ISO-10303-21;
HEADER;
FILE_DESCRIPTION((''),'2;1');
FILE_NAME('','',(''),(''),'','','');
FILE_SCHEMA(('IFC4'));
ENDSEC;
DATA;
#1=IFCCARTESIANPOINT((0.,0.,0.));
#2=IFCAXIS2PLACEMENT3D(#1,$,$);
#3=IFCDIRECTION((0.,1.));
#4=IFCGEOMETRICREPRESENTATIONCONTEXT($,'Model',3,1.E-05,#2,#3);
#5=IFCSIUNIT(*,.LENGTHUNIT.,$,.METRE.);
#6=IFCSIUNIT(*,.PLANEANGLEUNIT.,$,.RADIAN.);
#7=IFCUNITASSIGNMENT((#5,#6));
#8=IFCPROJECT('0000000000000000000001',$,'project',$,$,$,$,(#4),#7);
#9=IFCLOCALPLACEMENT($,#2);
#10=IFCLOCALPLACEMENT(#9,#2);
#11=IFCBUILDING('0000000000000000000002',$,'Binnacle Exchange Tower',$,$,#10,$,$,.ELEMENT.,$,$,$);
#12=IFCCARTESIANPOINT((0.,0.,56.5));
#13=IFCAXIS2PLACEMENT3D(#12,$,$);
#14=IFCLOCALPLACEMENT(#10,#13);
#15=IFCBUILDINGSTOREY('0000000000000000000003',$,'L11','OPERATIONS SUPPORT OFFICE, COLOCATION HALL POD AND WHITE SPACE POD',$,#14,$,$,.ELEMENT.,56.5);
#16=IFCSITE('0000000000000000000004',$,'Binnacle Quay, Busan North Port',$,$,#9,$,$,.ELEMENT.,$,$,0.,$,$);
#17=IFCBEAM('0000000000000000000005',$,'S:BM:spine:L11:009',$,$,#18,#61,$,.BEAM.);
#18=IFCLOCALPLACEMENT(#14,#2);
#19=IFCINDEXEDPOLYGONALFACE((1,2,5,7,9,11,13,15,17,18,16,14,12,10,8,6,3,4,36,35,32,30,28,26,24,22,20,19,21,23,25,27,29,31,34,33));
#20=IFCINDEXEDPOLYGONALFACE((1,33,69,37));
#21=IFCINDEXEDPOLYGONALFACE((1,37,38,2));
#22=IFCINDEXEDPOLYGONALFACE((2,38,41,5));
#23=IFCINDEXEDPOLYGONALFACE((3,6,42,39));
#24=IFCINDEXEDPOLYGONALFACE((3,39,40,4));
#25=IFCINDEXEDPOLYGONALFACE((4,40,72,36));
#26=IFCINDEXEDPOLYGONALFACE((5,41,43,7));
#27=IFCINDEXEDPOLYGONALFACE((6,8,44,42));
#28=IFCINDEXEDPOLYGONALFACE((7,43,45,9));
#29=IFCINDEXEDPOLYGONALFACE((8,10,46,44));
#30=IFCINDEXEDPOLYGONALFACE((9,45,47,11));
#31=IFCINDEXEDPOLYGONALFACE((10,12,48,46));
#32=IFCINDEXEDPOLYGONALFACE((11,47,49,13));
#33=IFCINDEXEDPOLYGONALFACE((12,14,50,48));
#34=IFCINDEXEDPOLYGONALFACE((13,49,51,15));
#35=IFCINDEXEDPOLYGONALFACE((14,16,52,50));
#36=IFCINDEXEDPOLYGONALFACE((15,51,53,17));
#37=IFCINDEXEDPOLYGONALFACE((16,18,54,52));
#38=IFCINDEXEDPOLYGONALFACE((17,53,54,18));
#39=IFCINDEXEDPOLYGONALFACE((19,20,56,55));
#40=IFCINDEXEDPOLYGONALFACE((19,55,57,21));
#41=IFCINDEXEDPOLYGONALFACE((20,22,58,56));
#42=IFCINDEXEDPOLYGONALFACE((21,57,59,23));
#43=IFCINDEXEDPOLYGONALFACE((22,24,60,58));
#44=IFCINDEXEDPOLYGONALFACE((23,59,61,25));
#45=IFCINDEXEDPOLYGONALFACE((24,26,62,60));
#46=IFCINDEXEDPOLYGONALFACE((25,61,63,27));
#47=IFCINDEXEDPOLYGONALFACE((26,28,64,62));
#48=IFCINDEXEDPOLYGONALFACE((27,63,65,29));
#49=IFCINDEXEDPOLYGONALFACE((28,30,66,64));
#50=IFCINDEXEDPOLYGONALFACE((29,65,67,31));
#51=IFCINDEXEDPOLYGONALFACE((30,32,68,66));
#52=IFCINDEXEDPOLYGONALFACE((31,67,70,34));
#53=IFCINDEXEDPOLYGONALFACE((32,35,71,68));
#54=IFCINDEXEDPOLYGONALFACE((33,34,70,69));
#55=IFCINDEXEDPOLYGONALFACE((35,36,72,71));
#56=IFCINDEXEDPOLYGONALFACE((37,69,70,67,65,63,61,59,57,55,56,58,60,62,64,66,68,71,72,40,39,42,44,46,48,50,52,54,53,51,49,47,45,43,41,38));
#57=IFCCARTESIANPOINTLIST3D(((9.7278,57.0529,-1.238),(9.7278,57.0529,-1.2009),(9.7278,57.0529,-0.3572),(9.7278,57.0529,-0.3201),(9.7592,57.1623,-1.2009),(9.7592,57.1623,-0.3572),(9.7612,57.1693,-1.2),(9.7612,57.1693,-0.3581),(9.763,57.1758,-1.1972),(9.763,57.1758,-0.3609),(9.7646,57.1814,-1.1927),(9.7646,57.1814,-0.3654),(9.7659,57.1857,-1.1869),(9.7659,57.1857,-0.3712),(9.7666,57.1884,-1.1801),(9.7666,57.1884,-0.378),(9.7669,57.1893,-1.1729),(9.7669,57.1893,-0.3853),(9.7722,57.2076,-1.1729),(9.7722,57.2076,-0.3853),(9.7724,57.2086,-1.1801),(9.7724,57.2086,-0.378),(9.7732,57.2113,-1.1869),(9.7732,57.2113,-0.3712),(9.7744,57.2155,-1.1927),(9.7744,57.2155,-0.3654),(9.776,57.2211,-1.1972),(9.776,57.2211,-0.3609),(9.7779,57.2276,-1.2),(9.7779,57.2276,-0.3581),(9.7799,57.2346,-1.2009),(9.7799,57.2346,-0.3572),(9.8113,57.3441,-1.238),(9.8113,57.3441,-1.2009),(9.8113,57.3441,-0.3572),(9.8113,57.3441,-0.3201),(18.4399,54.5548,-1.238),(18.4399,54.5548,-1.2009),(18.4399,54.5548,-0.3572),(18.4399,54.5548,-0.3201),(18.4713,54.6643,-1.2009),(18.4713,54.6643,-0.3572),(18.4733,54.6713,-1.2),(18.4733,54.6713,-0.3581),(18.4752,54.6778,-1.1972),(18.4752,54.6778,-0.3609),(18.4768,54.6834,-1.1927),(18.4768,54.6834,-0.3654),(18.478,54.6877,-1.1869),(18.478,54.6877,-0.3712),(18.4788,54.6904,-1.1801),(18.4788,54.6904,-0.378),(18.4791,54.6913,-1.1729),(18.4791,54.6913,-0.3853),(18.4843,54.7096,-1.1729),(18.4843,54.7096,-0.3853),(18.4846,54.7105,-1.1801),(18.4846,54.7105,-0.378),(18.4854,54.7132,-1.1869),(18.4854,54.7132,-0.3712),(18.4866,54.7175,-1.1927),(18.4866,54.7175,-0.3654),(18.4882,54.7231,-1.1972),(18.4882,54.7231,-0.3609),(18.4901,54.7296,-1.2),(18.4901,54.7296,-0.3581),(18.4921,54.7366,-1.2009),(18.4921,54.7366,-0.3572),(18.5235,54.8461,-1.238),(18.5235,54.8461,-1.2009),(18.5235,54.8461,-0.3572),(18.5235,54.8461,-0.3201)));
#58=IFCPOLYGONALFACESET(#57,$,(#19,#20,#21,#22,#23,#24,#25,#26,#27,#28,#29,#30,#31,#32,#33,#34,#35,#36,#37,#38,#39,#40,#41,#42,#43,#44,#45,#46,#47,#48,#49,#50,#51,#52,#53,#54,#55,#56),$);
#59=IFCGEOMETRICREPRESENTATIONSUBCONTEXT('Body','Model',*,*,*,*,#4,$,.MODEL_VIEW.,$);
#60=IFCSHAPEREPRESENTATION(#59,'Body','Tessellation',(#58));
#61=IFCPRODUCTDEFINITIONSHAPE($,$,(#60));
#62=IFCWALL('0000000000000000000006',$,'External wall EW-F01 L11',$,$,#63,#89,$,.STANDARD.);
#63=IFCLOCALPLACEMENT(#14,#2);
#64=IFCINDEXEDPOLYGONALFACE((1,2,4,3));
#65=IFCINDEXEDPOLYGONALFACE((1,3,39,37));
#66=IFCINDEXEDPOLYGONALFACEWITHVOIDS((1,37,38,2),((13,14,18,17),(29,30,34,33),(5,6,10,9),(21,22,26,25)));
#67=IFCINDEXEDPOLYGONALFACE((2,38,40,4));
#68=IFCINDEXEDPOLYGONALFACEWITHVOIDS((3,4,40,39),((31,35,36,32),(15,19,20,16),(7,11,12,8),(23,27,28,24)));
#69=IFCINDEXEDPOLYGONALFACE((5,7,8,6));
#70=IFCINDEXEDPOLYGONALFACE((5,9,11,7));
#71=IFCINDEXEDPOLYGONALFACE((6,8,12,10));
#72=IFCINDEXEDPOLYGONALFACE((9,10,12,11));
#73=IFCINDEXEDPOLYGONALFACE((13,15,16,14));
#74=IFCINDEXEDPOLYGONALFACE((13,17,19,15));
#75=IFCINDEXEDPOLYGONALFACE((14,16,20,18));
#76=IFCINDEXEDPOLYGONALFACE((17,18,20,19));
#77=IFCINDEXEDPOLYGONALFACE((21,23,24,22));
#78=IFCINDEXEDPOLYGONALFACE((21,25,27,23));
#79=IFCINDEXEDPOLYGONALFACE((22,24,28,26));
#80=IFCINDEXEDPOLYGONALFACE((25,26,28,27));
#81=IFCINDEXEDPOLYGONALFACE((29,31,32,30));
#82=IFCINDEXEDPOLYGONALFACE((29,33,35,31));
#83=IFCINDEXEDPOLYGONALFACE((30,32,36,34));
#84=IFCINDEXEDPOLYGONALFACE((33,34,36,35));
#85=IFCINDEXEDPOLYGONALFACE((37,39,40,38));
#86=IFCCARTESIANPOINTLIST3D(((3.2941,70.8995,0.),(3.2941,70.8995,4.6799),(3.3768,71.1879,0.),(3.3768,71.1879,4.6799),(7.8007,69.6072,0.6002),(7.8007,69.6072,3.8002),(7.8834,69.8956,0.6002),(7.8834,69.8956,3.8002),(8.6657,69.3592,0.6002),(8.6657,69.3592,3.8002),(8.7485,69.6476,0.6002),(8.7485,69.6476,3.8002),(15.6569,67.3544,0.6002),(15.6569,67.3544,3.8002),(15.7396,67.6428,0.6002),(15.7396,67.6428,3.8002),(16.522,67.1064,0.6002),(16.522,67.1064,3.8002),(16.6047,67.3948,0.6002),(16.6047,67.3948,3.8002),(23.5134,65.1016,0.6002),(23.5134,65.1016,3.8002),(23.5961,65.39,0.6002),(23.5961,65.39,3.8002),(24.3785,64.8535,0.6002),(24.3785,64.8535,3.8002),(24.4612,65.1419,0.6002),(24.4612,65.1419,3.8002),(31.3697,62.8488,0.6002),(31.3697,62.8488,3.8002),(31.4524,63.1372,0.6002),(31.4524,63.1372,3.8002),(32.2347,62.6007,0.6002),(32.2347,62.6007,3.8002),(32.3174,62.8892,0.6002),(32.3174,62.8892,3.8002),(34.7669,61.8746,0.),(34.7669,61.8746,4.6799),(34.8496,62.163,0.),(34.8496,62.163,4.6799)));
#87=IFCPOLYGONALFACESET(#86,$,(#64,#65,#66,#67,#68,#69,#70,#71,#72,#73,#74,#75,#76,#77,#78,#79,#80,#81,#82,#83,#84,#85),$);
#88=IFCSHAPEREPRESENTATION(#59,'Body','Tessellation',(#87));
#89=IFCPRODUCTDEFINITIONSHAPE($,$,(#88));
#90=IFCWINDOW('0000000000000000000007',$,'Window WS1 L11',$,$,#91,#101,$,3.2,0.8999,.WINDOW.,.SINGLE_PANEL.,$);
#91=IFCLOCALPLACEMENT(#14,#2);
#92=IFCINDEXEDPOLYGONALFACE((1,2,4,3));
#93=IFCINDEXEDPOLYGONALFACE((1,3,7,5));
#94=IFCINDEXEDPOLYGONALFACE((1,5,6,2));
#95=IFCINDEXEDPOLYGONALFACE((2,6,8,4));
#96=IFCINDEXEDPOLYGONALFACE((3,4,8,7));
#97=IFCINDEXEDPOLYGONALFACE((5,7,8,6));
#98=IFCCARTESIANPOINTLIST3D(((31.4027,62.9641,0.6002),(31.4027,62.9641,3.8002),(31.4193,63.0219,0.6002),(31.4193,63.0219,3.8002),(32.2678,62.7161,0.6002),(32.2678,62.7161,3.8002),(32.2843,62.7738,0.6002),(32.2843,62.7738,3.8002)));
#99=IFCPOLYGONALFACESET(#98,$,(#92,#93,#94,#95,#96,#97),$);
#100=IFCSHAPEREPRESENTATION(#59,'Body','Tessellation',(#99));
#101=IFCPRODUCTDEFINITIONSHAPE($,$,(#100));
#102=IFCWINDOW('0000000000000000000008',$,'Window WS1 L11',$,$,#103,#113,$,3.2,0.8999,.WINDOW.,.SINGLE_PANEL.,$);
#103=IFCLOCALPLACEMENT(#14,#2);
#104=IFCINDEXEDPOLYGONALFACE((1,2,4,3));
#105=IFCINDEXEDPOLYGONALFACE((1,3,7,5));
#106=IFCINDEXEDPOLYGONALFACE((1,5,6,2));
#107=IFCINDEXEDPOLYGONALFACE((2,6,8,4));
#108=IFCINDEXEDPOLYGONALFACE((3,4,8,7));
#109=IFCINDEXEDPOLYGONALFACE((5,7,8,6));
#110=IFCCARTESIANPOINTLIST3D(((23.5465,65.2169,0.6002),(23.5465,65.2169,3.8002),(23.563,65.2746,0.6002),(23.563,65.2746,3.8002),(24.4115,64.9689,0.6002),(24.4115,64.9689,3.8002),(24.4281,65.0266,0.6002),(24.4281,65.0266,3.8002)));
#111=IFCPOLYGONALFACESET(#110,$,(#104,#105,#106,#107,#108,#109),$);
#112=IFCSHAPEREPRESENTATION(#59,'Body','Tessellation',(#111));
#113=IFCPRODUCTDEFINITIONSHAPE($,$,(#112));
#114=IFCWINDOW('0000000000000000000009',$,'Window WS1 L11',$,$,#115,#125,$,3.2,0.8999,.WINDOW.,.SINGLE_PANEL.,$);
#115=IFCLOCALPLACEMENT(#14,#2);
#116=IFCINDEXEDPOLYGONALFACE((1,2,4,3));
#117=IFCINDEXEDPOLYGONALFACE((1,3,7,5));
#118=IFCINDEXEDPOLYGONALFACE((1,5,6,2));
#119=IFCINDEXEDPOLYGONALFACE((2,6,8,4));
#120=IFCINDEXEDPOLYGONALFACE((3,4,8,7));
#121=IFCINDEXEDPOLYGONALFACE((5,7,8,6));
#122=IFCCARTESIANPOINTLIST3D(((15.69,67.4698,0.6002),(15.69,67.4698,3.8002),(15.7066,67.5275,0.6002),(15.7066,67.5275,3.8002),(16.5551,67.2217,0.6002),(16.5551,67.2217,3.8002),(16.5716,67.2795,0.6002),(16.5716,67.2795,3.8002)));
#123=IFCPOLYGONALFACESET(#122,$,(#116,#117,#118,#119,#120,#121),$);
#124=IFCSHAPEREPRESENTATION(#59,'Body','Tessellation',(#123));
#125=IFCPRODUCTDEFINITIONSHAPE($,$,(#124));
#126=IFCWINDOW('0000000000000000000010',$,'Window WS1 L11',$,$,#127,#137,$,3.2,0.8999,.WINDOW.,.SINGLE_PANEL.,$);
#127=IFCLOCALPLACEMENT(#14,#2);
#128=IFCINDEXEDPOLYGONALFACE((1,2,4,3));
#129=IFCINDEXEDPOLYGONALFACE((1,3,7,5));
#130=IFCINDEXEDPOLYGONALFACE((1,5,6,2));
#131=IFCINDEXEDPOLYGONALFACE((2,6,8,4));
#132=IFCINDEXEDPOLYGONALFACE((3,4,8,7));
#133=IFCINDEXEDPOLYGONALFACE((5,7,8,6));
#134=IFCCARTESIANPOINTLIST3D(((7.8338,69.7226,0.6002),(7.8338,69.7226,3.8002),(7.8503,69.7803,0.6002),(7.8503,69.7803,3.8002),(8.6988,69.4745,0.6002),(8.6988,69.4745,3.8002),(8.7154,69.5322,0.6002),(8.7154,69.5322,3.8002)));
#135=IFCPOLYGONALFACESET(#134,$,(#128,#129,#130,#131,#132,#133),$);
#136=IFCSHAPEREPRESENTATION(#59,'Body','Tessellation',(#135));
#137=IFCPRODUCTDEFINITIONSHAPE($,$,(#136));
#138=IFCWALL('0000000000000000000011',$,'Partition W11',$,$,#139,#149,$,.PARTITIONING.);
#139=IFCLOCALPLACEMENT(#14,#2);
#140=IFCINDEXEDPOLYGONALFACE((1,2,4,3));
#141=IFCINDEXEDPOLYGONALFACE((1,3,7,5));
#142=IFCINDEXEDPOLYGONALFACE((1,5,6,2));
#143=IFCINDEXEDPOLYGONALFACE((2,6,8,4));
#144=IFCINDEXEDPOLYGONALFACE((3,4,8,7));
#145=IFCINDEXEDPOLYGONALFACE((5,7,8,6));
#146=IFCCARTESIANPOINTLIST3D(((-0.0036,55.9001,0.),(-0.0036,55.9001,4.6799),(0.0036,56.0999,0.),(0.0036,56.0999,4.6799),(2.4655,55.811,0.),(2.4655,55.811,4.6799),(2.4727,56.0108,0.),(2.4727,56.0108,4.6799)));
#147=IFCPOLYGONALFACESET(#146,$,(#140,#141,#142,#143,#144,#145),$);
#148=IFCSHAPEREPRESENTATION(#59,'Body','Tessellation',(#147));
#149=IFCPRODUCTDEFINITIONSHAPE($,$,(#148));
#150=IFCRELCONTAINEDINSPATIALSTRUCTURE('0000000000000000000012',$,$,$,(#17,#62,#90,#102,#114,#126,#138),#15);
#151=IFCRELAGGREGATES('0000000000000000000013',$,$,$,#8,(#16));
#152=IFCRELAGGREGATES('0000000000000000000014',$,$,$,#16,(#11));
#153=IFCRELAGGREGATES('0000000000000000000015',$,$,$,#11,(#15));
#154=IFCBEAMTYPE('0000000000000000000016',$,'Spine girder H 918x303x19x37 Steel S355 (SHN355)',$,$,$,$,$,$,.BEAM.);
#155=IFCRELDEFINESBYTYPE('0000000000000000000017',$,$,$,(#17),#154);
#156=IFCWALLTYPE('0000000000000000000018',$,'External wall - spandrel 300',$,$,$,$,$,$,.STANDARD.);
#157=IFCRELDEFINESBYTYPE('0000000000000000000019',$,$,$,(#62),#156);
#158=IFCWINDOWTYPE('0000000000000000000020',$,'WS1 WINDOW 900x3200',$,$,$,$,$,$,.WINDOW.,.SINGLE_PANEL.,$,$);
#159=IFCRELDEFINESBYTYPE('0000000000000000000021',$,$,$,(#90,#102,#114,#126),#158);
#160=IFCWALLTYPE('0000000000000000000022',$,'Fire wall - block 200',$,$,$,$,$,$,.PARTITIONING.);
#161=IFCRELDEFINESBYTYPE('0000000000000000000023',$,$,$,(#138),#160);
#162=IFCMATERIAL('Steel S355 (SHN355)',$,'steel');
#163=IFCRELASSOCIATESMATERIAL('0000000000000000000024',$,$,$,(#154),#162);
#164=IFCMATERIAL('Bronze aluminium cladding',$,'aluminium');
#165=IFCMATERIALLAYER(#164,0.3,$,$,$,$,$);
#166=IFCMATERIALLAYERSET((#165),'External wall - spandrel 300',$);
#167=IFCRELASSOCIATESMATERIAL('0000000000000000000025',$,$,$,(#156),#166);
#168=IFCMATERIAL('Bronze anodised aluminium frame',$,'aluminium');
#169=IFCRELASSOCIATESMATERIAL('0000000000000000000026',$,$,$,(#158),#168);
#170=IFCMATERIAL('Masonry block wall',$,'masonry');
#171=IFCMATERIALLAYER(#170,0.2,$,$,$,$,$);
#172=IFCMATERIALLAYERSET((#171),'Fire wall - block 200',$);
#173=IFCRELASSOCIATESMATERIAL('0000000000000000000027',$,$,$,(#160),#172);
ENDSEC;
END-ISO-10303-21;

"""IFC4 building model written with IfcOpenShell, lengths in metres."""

from ifc_helpers import new_model, si_unit, direction, frame, frame_2d, origin, origin_2d, place, context, subcontext, project, spatial, rectangle, i_section, extrude, material, layer, layer_set, material_profile, profile_set, type_object, element, fill, save


model = new_model("IFC4")

# Units and contexts
model_context = context("Model", 3, precision=1e-05, world=origin(), true_north=direction((0.0, 1.0)))
body_context = subcontext(model_context, "Body", "Model", "MODEL_VIEW")
ifc_project = project(units=[si_unit("LENGTHUNIT", "METRE"), si_unit("PLANEANGLEUNIT", "RADIAN")], contexts=[model_context])

# Site, building, storey
site_placement = place(None, origin())
site = spatial("IfcSite", under=ifc_project, at=site_placement, Name="Binnacle Quay, Busan North Port", CompositionType="ELEMENT", RefElevation=0.0)
building_placement = place(site_placement, origin())
building = spatial("IfcBuilding", under=site, at=building_placement, Name="Binnacle Exchange Tower", CompositionType="ELEMENT")
storey_placement = place(building_placement, frame((0.0, 0.0, 56.5)))
storey = spatial("IfcBuildingStorey", under=building, at=storey_placement, Name="L11", Description="OPERATIONS SUPPORT OFFICE, COLOCATION HALL POD AND WHITE SPACE POD", CompositionType="ELEMENT", Elevation=56.5)

# Beam
ifc_material_1 = material(Name="Steel S355 (SHN355)", Category="steel")
ifc_material_profile_1 = material_profile(ifc_material_1, i_section(OverallWidth=0.303, OverallDepth=0.918, WebThickness=0.019, FlangeThickness=0.0371, FilletRadius=0.0281, at=origin_2d()), Name="H 918x303x19x37")
ifc_profile_set_1 = profile_set([ifc_material_profile_1], Name="Steel S355 (SHN355)")
beam_type_1 = type_object("IfcBeamType", Name="Spine girder H 918x303x19x37 Steel S355 (SHN355)", PredefinedType="BEAM", material=ifc_profile_set_1)
beam_1_placement = place(storey_placement, frame((9.7695, 57.1985, -0.7791), z_axis=(0.961265, -0.275625, 0.0), x_axis=(0.275625, 0.961265, 0.0)))
element("IfcBeam", 1, at=beam_1_placement, inside=storey, type_object=beam_type_1, Name="S:BM:spine:L11:009", PredefinedType="BEAM", context=body_context, shape_type="SweptSolid", body=[
    extrude(i_section(OverallWidth=0.303, OverallDepth=0.918, WebThickness=0.019, FlangeThickness=0.0371, FilletRadius=0.0281, at=origin_2d()), origin(), (0.0, 0.0, 1.0), 9.0632),
])

# Wall, openings, windows
ifc_material_2 = material(Name="Bronze aluminium cladding", Category="aluminium")
ifc_layer_1 = layer(ifc_material_2, 0.3)
ifc_layer_set_1 = layer_set([ifc_layer_1], Name="External wall - spandrel 300")
wall_type_1 = type_object("IfcWallType", Name="External wall - spandrel 300", PredefinedType="STANDARD", material=ifc_layer_set_1)
wall_1_placement = place(storey_placement, frame((3.3354, 71.0437, 0.0), z_axis=(0.0, 0.0, 1.0), x_axis=(0.96126, -0.275643, 0.0)))
wall_1 = element("IfcWall", 2, at=wall_1_placement, inside=storey, type_object=wall_type_1, Name="External wall EW-F01 L11", PredefinedType="STANDARD", context=body_context, shape_type="SweptSolid", body=[
    extrude(rectangle(XDim=32.7412, YDim=0.3, at=frame_2d((16.3706, 0.0))), origin(), (0.0, 0.0, 1.0), 4.6799),
])
opening_1_placement = place(wall_1_placement, frame((29.207, 0.0, 0.6001)))
opening_1 = element("IfcOpeningElement", 3, at=opening_1_placement, cuts=wall_1, PredefinedType="OPENING", context=body_context, shape_type="SweptSolid", body=[
    extrude(rectangle(XDim=0.8999, YDim=3.2, at=frame_2d((0.45, 1.6001))), frame((0.0, 0.1599, 0.0), z_axis=(0.0, -1.0, 0.0), x_axis=(1.0, 0.0, 0.0)), (0.0, 0.0, 1.0), 0.3201),
])
opening_2_placement = place(wall_1_placement, frame((21.0342, 0.0, 0.6001)))
opening_2 = element("IfcOpeningElement", 4, at=opening_2_placement, cuts=wall_1, PredefinedType="OPENING", context=body_context, shape_type="SweptSolid", body=[
    extrude(rectangle(XDim=0.8999, YDim=3.2, at=frame_2d((0.45, 1.6001))), frame((0.0, 0.1599, 0.0), z_axis=(0.0, -1.0, 0.0), x_axis=(1.0, 0.0, 0.0)), (0.0, 0.0, 1.0), 0.3201),
])
opening_3_placement = place(wall_1_placement, frame((12.8611, 0.0, 0.6001)))
opening_3 = element("IfcOpeningElement", 5, at=opening_3_placement, cuts=wall_1, PredefinedType="OPENING", context=body_context, shape_type="SweptSolid", body=[
    extrude(rectangle(XDim=0.8999, YDim=3.2, at=frame_2d((0.45, 1.6001))), frame((0.0, 0.1599, 0.0), z_axis=(0.0, -1.0, 0.0), x_axis=(1.0, 0.0, 0.0)), (0.0, 0.0, 1.0), 0.3201),
])
opening_4_placement = place(wall_1_placement, frame((4.6882, 0.0, 0.6001)))
opening_4 = element("IfcOpeningElement", 6, at=opening_4_placement, cuts=wall_1, PredefinedType="OPENING", context=body_context, shape_type="SweptSolid", body=[
    extrude(rectangle(XDim=0.8999, YDim=3.2, at=frame_2d((0.45, 1.6001))), frame((0.0, 0.1599, 0.0), z_axis=(0.0, -1.0, 0.0), x_axis=(1.0, 0.0, 0.0)), (0.0, 0.0, 1.0), 0.3201),
])
ifc_material_3 = material(Name="Bronze anodised aluminium frame", Category="aluminium")
window_type = type_object("IfcWindowType", Name="WS1 WINDOW 900x3200", PartitioningType="SINGLE_PANEL", PredefinedType="WINDOW", material=ifc_material_3)
window_1_placement = place(opening_1_placement, origin())
window_1 = element("IfcWindow", 7, at=window_1_placement, inside=storey, type_object=window_type, Name="Window WS1 L11", OverallHeight=3.2, OverallWidth=0.8999, PartitioningType="SINGLE_PANEL", PredefinedType="WINDOW", context=body_context, shape_type="SweptSolid", body=[
    extrude(rectangle(XDim=0.8999, YDim=3.2, at=frame_2d((0.45, 1.6001))), frame((0.0, 0.03, 0.0), z_axis=(0.0, -1.0, 0.0), x_axis=(1.0, 0.0, 0.0)), (0.0, 0.0, 1.0), 0.0601),
])
fill(opening_1, window_1)
window_2_placement = place(opening_2_placement, origin())
window_2 = element("IfcWindow", 8, at=window_2_placement, inside=storey, type_object=window_type, Name="Window WS1 L11", OverallHeight=3.2, OverallWidth=0.8999, PartitioningType="SINGLE_PANEL", PredefinedType="WINDOW", context=body_context, shape_type="SweptSolid", body=[
    extrude(rectangle(XDim=0.8999, YDim=3.2, at=frame_2d((0.45, 1.6001))), frame((0.0, 0.03, 0.0), z_axis=(0.0, -1.0, 0.0), x_axis=(1.0, 0.0, 0.0)), (0.0, 0.0, 1.0), 0.0601),
])
fill(opening_2, window_2)
window_3_placement = place(opening_3_placement, origin())
window_3 = element("IfcWindow", 9, at=window_3_placement, inside=storey, type_object=window_type, Name="Window WS1 L11", OverallHeight=3.2, OverallWidth=0.8999, PartitioningType="SINGLE_PANEL", PredefinedType="WINDOW", context=body_context, shape_type="SweptSolid", body=[
    extrude(rectangle(XDim=0.8999, YDim=3.2, at=frame_2d((0.45, 1.6001))), frame((0.0, 0.03, 0.0), z_axis=(0.0, -1.0, 0.0), x_axis=(1.0, 0.0, 0.0)), (0.0, 0.0, 1.0), 0.0601),
])
fill(opening_3, window_3)
window_4_placement = place(opening_4_placement, origin())
window_4 = element("IfcWindow", 10, at=window_4_placement, inside=storey, type_object=window_type, Name="Window WS1 L11", OverallHeight=3.2, OverallWidth=0.8999, PartitioningType="SINGLE_PANEL", PredefinedType="WINDOW", context=body_context, shape_type="SweptSolid", body=[
    extrude(rectangle(XDim=0.8999, YDim=3.2, at=frame_2d((0.45, 1.6001))), frame((0.0, 0.03, 0.0), z_axis=(0.0, -1.0, 0.0), x_axis=(1.0, 0.0, 0.0)), (0.0, 0.0, 1.0), 0.0601),
])
fill(opening_4, window_4)

# Wall
ifc_material_4 = material(Name="Masonry block wall", Category="masonry")
ifc_layer_2 = layer(ifc_material_4, 0.2)
ifc_layer_set_2 = layer_set([ifc_layer_2], Name="Fire wall - block 200")
wall_type_2 = type_object("IfcWallType", Name="Fire wall - block 200", PredefinedType="PARTITIONING", material=ifc_layer_set_2)
wall_2_placement = place(storey_placement, frame((0.0, 56.0, 0.0), z_axis=(0.0, 0.0, 1.0), x_axis=(0.999349, -0.036069, 0.0)))
element("IfcWall", 11, at=wall_2_placement, inside=storey, type_object=wall_type_2, Name="Partition W11", PredefinedType="PARTITIONING", context=body_context, shape_type="SweptSolid", body=[
    extrude(rectangle(XDim=2.4707, YDim=0.2, at=frame_2d((1.2354, 0.0))), origin(), (0.0, 0.0, 1.0), 4.6799),
])

save(model, "model.ifc")
